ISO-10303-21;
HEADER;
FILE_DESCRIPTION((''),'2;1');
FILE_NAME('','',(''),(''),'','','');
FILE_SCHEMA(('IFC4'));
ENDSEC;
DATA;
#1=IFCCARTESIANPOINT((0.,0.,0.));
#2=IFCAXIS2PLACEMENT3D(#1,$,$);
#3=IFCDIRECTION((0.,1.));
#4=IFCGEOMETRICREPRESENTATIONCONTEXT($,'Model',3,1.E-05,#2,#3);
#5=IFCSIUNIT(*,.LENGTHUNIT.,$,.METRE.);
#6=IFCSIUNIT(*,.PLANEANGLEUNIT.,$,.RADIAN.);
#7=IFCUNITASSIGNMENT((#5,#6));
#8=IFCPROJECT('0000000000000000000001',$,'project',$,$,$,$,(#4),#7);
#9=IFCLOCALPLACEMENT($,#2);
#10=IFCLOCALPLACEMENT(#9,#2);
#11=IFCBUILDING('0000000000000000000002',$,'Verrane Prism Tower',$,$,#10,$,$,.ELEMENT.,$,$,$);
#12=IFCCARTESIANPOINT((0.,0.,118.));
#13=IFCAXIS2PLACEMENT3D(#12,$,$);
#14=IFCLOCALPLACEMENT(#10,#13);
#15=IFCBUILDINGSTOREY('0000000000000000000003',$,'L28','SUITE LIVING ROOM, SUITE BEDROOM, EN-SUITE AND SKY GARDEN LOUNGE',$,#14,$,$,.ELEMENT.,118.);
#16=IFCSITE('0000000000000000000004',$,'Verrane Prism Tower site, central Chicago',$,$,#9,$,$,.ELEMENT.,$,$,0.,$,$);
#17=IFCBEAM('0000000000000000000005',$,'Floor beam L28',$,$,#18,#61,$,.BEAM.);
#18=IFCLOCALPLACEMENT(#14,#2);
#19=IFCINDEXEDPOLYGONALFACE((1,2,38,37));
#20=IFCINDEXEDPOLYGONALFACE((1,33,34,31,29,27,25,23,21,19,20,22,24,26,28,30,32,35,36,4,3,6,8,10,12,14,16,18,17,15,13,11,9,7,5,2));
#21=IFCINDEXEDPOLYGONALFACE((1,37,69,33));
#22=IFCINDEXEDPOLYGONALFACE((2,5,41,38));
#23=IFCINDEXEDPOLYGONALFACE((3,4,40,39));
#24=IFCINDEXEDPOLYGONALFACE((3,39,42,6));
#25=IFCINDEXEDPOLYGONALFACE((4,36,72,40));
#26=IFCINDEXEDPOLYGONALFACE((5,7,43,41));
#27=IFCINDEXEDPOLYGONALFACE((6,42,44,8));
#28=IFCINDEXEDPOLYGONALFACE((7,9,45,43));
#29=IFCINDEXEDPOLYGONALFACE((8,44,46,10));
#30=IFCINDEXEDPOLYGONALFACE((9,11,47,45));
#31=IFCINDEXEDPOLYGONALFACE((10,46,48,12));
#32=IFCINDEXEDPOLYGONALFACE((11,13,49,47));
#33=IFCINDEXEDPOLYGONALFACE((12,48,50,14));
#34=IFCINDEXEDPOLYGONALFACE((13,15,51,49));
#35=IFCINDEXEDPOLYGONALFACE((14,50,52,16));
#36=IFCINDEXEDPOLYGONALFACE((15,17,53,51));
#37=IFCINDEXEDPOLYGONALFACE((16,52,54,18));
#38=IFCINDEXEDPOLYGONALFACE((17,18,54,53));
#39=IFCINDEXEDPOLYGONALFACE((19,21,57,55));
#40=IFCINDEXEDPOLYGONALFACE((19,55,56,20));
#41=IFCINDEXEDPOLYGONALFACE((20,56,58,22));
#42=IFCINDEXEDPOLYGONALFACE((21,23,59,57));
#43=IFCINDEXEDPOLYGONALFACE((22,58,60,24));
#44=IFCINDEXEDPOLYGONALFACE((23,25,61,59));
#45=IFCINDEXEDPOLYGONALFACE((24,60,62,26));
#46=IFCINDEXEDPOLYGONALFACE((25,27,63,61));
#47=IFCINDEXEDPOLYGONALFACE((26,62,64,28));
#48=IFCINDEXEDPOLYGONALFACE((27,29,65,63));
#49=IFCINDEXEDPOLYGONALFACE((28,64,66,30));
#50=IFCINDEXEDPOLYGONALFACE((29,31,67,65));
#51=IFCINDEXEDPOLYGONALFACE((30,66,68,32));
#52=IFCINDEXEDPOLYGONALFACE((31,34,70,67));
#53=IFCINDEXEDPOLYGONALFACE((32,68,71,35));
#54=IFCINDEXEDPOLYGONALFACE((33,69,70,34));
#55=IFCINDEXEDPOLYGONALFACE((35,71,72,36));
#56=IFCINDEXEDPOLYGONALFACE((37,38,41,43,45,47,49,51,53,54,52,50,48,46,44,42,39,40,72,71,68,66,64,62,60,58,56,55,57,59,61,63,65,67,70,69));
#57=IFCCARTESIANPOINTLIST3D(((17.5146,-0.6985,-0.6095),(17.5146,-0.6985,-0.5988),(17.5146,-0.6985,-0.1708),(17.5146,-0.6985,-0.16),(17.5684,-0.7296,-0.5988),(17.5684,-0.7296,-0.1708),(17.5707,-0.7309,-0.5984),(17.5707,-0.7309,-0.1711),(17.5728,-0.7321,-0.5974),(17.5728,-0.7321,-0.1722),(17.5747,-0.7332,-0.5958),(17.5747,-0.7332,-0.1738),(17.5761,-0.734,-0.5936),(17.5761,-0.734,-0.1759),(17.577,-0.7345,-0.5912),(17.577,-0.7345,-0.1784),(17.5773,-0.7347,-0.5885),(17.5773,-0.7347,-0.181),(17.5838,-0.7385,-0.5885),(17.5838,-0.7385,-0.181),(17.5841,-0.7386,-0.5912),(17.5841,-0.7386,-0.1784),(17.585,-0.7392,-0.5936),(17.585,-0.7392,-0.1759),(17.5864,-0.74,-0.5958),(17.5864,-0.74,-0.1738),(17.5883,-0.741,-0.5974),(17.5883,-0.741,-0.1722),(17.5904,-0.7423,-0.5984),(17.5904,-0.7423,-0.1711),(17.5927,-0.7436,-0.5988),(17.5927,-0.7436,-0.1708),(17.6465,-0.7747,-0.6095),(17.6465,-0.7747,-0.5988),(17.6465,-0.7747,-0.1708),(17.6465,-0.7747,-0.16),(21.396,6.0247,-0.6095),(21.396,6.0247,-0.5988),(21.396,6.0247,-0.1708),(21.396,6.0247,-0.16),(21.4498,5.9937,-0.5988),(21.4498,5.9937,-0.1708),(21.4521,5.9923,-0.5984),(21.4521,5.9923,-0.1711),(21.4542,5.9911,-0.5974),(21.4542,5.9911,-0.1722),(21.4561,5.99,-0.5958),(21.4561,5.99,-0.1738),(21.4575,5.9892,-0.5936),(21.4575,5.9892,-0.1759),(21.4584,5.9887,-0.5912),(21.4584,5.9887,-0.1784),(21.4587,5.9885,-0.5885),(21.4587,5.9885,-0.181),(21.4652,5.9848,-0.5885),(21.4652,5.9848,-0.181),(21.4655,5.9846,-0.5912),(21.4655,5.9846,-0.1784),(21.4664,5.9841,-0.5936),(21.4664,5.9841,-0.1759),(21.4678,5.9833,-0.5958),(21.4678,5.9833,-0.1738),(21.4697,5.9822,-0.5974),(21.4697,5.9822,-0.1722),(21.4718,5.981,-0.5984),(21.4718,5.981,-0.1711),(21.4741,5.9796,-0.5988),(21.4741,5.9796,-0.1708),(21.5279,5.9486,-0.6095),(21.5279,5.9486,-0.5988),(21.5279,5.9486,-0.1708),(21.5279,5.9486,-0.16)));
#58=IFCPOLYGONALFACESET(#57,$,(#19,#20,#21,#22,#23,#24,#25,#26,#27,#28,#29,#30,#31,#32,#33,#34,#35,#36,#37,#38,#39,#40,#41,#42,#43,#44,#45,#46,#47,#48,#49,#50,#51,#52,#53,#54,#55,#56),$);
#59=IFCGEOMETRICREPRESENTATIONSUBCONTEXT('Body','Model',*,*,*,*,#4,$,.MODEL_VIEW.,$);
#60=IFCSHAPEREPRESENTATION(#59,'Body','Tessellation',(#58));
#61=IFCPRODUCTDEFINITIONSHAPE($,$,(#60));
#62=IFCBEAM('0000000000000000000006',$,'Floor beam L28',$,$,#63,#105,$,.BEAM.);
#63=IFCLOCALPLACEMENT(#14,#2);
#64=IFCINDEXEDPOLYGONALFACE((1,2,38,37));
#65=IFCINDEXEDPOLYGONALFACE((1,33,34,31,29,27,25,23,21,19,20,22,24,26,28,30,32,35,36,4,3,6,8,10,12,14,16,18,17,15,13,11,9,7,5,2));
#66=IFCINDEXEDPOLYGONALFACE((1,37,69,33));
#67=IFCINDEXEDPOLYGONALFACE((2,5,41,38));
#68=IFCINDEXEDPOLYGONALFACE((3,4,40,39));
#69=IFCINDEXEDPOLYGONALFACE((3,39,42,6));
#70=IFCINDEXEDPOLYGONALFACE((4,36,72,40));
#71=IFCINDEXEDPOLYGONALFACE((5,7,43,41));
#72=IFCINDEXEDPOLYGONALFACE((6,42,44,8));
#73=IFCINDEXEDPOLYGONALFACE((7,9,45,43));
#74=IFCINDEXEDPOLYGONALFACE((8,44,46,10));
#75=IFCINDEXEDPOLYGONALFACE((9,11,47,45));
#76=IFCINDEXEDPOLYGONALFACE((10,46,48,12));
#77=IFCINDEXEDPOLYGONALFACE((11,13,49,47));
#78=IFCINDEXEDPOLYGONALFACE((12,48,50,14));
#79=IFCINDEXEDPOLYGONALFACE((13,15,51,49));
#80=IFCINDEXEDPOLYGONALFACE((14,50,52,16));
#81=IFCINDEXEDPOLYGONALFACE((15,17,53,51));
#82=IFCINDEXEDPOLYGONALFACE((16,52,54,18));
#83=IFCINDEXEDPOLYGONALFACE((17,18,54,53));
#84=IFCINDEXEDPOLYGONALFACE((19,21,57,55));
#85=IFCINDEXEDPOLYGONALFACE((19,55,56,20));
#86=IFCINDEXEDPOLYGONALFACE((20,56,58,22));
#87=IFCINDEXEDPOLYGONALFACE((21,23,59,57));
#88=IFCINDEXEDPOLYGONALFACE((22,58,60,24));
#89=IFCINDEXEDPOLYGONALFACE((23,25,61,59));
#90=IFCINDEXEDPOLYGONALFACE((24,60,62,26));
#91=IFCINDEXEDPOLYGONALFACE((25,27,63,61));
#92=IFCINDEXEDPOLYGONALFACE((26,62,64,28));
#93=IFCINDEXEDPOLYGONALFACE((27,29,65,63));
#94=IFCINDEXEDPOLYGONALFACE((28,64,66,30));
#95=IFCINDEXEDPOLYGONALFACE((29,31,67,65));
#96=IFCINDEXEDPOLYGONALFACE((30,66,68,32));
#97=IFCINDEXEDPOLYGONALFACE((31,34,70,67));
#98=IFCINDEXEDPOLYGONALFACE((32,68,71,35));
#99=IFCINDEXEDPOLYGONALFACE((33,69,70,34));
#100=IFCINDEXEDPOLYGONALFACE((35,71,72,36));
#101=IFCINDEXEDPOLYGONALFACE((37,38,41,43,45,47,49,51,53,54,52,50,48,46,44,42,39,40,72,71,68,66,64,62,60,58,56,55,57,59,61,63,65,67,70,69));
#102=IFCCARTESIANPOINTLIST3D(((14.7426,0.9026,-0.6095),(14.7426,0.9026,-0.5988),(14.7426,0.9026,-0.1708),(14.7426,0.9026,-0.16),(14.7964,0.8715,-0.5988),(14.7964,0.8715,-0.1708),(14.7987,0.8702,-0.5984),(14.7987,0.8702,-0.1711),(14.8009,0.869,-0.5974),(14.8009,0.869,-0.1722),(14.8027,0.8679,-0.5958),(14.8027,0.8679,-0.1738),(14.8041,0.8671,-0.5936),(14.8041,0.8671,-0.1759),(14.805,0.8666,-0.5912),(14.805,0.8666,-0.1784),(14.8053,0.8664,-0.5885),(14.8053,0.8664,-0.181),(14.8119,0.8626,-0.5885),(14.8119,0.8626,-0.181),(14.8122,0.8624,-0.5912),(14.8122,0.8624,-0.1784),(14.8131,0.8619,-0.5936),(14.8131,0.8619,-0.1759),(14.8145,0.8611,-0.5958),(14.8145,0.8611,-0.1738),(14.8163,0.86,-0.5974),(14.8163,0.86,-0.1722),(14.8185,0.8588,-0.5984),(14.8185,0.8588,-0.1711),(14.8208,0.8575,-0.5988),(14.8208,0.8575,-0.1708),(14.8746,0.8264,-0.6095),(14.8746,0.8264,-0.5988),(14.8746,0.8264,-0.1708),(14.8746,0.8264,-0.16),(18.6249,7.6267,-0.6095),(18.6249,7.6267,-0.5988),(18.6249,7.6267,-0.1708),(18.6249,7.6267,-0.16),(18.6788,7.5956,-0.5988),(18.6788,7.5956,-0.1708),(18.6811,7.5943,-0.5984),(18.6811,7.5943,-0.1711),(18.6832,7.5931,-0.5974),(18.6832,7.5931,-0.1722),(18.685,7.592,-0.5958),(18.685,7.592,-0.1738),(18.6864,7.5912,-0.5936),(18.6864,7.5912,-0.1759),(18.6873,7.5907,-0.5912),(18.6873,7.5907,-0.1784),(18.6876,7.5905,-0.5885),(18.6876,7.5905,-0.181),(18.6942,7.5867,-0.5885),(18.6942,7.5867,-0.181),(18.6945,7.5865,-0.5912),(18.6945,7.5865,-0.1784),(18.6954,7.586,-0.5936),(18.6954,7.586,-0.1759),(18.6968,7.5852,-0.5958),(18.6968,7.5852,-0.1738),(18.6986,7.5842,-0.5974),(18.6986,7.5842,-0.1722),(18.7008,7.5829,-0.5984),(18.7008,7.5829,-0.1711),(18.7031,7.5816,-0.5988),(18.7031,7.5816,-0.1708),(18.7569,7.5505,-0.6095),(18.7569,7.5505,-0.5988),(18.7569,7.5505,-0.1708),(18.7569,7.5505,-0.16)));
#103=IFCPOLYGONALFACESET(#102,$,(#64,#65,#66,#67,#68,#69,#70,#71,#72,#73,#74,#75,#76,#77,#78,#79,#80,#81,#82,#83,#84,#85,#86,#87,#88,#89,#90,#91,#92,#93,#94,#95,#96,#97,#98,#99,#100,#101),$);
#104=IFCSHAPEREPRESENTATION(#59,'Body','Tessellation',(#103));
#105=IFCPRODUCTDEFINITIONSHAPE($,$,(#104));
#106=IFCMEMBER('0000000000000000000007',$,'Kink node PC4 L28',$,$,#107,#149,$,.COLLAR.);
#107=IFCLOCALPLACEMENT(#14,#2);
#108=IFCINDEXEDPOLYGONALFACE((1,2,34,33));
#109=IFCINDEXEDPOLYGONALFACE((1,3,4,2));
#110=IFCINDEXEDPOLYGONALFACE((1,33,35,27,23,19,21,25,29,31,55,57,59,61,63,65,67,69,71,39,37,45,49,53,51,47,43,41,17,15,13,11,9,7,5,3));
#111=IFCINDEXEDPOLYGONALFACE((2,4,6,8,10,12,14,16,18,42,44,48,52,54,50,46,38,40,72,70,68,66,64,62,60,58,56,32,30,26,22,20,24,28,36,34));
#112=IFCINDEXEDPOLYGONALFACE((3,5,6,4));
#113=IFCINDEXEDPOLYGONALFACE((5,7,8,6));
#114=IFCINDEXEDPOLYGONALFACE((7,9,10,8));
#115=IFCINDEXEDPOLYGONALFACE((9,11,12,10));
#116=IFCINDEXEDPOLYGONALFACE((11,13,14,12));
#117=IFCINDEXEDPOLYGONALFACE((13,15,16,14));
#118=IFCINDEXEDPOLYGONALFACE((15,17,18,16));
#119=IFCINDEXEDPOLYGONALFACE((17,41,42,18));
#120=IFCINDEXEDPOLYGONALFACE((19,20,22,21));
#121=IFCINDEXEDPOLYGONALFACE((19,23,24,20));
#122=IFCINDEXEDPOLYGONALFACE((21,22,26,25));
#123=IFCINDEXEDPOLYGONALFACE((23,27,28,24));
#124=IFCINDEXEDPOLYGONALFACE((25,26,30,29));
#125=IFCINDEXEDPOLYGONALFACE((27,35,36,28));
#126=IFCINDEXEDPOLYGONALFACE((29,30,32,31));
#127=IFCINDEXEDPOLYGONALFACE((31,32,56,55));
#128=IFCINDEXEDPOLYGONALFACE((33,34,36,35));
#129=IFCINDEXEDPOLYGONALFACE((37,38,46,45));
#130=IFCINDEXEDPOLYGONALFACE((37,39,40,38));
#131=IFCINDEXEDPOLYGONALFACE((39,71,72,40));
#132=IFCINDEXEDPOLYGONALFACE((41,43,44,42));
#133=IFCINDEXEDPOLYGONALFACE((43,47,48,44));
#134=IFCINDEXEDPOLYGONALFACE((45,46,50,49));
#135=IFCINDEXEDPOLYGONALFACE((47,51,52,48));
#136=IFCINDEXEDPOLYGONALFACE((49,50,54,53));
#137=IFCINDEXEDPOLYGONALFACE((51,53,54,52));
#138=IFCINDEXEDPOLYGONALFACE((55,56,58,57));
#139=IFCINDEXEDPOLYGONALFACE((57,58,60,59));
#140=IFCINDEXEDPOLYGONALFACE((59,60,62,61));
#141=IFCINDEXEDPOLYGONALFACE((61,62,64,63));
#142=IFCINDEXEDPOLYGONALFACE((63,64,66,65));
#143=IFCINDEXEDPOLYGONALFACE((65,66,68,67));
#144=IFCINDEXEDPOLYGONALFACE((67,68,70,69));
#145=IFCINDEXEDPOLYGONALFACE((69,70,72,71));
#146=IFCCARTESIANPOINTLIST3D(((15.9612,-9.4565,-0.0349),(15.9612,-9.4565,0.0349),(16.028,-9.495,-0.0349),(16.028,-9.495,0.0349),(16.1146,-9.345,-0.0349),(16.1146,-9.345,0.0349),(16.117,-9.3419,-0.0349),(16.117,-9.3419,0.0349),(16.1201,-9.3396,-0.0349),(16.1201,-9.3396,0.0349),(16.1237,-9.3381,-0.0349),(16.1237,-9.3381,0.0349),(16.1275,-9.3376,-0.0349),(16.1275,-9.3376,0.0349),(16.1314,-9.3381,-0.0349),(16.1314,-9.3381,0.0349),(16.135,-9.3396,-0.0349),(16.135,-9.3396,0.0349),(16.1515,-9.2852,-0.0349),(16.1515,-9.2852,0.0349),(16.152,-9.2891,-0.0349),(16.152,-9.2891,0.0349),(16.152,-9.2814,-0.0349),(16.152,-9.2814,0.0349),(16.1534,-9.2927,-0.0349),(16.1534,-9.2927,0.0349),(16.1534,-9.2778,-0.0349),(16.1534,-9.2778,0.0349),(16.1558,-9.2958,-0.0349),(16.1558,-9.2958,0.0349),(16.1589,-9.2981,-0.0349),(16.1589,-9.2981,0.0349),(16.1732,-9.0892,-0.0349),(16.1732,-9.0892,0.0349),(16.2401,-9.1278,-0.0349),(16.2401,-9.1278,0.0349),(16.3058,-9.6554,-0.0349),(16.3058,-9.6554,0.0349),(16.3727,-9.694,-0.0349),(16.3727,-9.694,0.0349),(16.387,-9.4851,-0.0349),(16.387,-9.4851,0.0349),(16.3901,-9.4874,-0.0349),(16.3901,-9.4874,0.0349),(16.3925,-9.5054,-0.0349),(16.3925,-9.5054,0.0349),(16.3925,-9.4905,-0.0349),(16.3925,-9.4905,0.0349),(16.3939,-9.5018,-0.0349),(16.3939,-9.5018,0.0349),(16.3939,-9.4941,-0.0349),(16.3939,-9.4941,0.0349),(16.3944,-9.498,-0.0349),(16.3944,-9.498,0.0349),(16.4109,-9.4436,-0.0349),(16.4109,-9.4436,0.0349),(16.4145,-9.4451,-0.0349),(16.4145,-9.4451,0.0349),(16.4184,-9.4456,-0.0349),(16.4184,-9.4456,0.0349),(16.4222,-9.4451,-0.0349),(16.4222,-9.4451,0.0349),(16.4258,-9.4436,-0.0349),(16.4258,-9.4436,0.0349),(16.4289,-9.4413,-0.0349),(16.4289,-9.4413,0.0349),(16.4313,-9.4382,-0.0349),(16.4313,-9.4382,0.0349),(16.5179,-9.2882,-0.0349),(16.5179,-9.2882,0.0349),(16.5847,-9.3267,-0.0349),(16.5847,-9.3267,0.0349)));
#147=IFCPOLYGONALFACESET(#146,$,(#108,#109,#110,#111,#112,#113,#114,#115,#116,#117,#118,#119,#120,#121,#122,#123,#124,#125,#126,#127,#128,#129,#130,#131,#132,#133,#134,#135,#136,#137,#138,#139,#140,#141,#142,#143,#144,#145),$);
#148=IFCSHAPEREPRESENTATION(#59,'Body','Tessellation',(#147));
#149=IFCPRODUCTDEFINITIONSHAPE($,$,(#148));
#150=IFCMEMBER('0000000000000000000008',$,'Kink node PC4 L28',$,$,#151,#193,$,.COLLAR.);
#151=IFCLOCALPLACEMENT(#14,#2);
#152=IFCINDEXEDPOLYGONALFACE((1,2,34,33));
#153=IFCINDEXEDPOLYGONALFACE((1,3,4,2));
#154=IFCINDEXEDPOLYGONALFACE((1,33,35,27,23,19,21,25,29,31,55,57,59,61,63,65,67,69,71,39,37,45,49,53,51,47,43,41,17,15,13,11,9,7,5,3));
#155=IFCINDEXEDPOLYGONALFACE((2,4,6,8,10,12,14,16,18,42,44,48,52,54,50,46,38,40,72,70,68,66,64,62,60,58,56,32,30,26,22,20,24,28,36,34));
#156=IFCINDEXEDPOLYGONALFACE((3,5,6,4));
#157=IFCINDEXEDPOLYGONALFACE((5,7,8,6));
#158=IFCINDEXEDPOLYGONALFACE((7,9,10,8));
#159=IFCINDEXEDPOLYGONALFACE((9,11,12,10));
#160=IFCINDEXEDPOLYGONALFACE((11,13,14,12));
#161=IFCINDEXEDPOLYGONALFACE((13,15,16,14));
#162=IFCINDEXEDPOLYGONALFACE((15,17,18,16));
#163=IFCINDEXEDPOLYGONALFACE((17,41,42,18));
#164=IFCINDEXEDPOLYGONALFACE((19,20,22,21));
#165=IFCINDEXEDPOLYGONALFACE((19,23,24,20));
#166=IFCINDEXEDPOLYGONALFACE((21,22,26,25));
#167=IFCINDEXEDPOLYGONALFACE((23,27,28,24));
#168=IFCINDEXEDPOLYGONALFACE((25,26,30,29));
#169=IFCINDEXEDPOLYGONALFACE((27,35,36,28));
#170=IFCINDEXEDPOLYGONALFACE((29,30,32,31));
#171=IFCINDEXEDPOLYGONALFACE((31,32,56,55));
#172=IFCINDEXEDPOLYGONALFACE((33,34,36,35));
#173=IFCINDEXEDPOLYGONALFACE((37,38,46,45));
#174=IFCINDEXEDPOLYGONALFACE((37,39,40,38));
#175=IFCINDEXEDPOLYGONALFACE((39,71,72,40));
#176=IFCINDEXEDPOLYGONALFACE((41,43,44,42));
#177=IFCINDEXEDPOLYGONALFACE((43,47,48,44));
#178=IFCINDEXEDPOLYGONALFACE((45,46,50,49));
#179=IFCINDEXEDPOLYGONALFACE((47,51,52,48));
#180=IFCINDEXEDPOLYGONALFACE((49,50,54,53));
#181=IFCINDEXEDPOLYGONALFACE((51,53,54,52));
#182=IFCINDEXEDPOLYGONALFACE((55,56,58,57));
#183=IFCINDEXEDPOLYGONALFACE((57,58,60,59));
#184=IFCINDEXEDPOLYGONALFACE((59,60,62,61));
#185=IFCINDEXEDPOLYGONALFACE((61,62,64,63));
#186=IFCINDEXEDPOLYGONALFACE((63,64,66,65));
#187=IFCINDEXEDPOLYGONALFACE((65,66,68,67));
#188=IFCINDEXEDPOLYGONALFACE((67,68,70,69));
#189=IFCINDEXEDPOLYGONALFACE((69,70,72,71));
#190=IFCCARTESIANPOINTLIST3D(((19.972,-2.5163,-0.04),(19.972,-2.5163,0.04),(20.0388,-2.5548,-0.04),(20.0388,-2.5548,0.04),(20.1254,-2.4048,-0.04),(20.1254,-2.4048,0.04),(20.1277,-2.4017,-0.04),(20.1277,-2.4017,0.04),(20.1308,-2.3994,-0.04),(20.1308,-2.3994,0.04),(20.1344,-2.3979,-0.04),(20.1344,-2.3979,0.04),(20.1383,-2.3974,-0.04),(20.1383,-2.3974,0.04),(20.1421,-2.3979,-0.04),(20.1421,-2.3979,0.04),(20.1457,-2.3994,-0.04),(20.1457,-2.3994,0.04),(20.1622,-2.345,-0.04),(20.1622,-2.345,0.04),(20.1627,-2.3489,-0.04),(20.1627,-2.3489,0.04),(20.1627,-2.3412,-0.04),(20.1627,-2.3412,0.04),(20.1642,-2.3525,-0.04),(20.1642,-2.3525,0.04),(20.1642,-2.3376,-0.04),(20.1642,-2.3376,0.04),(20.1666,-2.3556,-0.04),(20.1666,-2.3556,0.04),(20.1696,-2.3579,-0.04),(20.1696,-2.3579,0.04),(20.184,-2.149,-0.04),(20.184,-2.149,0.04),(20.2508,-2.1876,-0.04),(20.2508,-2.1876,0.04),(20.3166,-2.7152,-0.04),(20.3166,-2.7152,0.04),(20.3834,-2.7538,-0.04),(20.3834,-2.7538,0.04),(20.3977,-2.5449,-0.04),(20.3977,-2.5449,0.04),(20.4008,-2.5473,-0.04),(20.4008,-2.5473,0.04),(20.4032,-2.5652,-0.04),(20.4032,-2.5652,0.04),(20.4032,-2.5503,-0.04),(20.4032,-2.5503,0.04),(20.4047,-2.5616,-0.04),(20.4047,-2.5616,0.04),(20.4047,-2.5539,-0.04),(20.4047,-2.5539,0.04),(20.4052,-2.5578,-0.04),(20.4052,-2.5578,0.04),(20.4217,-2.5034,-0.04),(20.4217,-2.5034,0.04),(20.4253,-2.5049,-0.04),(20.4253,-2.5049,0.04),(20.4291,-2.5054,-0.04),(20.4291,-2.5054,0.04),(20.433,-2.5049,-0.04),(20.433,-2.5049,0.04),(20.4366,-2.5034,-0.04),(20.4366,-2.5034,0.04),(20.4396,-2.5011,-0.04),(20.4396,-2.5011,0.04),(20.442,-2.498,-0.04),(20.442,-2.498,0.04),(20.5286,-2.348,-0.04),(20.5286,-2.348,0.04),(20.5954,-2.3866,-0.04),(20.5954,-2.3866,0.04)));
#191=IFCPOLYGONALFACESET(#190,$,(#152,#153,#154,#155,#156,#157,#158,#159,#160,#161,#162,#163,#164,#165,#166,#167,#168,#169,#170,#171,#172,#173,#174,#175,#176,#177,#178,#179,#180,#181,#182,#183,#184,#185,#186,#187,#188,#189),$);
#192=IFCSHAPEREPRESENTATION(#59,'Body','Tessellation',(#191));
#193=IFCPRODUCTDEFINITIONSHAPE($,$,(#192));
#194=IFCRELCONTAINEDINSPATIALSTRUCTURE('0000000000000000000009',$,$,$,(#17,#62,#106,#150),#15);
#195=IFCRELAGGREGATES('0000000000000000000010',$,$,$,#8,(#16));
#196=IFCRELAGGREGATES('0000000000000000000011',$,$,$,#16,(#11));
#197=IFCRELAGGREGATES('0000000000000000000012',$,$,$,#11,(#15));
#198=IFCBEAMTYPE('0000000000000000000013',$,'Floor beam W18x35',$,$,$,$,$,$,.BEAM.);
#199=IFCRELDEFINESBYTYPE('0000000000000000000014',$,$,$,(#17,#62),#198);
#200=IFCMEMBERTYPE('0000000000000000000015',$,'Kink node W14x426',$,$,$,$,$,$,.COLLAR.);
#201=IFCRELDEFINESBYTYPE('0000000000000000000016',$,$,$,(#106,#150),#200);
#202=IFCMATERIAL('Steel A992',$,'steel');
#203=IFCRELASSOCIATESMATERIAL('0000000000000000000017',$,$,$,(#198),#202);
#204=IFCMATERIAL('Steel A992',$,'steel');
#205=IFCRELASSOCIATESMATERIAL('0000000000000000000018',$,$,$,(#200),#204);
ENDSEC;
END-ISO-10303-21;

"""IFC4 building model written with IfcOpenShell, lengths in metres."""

from ifc_helpers import new_model, si_unit, direction, frame, origin, origin_2d, place, context, subcontext, project, spatial, i_section, extrude, material, material_profile, profile_set, type_object, element, save


model = new_model("IFC4")

# Units and contexts
model_context = context("Model", 3, precision=1e-05, world=origin(), true_north=direction((0.0, 1.0)))
body_context = subcontext(model_context, "Body", "Model", "MODEL_VIEW")
ifc_project = project(units=[si_unit("LENGTHUNIT", "METRE"), si_unit("PLANEANGLEUNIT", "RADIAN")], contexts=[model_context])

# Site, building, storey
site_placement = place(None, origin())
site = spatial("IfcSite", under=ifc_project, at=site_placement, Name="Verrane Prism Tower site, central Chicago", CompositionType="ELEMENT", RefElevation=0.0)
building_placement = place(site_placement, origin())
building = spatial("IfcBuilding", under=site, at=building_placement, Name="Verrane Prism Tower", CompositionType="ELEMENT")
storey_placement = place(building_placement, frame((0.0, 0.0, 118.0)))
storey = spatial("IfcBuildingStorey", under=building, at=storey_placement, Name="L28", Description="SUITE LIVING ROOM, SUITE BEDROOM, EN-SUITE AND SKY GARDEN LOUNGE", CompositionType="ELEMENT", Elevation=118.0)

# Beams
ifc_material_1 = material(Name="Steel A992", Category="steel")
ifc_material_profile_1 = material_profile(ifc_material_1, i_section(OverallWidth=0.1523, OverallDepth=0.4495, WebThickness=0.0076, FlangeThickness=0.0107, FilletRadius=0.0103, at=origin_2d()), Name="W18x35")
ifc_profile_set_1 = profile_set([ifc_material_profile_1], Name="Steel A992")
beam_type_1 = type_object("IfcBeamType", Name="Floor beam W18x35", PredefinedType="BEAM", material=ifc_profile_set_1)
beam_1_placement = place(storey_placement, frame((17.5806, -0.7366, -0.3848), z_axis=(0.499975, 0.86604, 0.0), x_axis=(-0.86604, 0.499975, 0.0)))
element("IfcBeam", 1, at=beam_1_placement, inside=storey, type_object=beam_type_1, Name="Floor beam L28", PredefinedType="BEAM", context=body_context, shape_type="SweptSolid", body=[
    extrude(i_section(OverallWidth=0.1523, OverallDepth=0.4495, WebThickness=0.0076, FlangeThickness=0.0107, FilletRadius=0.0103, at=origin_2d()), origin(), (0.0, 0.0, 1.0), 7.7632),
])
beam_2_placement = place(storey_placement, frame((14.8086, 0.8645, -0.3848), z_axis=(0.500015, 0.866017, 0.0), x_axis=(-0.866017, 0.500015, 0.0)))
element("IfcBeam", 2, at=beam_2_placement, inside=storey, type_object=beam_type_1, Name="Floor beam L28", PredefinedType="BEAM", context=body_context, shape_type="SweptSolid", body=[
    extrude(i_section(OverallWidth=0.1523, OverallDepth=0.4495, WebThickness=0.0076, FlangeThickness=0.0107, FilletRadius=0.0103, at=origin_2d()), origin(), (0.0, 0.0, 1.0), 7.7644),
])

# Members
ifc_material_2 = material(Name="Steel A992", Category="steel")
ifc_material_profile_2 = material_profile(ifc_material_2, i_section(OverallWidth=0.4241, OverallDepth=0.4751, WebThickness=0.0479, FlangeThickness=0.0771, FilletRadius=0.0149, at=origin_2d()), Name="W14x426")
ifc_profile_set_2 = profile_set([ifc_material_profile_2], Name="Steel A992")
member_type_1 = type_object("IfcMemberType", Name="Kink node W14x426", PredefinedType="COLLAR", material=ifc_profile_set_2)
member_1_placement = place(storey_placement, frame((16.2729, -9.3916, -0.0349), z_axis=(0.0, 0.0, 1.0), x_axis=(-0.5, -0.866025, 0.0)))
element("IfcMember", 3, at=member_1_placement, inside=storey, type_object=member_type_1, Name="Kink node PC4 L28", PredefinedType="COLLAR", context=body_context, shape_type="SweptSolid", body=[
    extrude(i_section(OverallWidth=0.4241, OverallDepth=0.4751, WebThickness=0.0479, FlangeThickness=0.0771, FilletRadius=0.0149, at=origin_2d()), origin(), (0.0, 0.0, 1.0), 0.0698),
])
member_2_placement = place(storey_placement, frame((20.2837, -2.4514, -0.04), z_axis=(0.0, 0.0, 1.0), x_axis=(-0.5, -0.866025, 0.0)))
element("IfcMember", 4, at=member_2_placement, inside=storey, type_object=member_type_1, Name="Kink node PC4 L28", PredefinedType="COLLAR", context=body_context, shape_type="SweptSolid", body=[
    extrude(i_section(OverallWidth=0.4241, OverallDepth=0.4751, WebThickness=0.0479, FlangeThickness=0.0771, FilletRadius=0.0149, at=origin_2d()), origin(), (0.0, 0.0, 1.0), 0.0801),
])

save(model, "model.ifc")
